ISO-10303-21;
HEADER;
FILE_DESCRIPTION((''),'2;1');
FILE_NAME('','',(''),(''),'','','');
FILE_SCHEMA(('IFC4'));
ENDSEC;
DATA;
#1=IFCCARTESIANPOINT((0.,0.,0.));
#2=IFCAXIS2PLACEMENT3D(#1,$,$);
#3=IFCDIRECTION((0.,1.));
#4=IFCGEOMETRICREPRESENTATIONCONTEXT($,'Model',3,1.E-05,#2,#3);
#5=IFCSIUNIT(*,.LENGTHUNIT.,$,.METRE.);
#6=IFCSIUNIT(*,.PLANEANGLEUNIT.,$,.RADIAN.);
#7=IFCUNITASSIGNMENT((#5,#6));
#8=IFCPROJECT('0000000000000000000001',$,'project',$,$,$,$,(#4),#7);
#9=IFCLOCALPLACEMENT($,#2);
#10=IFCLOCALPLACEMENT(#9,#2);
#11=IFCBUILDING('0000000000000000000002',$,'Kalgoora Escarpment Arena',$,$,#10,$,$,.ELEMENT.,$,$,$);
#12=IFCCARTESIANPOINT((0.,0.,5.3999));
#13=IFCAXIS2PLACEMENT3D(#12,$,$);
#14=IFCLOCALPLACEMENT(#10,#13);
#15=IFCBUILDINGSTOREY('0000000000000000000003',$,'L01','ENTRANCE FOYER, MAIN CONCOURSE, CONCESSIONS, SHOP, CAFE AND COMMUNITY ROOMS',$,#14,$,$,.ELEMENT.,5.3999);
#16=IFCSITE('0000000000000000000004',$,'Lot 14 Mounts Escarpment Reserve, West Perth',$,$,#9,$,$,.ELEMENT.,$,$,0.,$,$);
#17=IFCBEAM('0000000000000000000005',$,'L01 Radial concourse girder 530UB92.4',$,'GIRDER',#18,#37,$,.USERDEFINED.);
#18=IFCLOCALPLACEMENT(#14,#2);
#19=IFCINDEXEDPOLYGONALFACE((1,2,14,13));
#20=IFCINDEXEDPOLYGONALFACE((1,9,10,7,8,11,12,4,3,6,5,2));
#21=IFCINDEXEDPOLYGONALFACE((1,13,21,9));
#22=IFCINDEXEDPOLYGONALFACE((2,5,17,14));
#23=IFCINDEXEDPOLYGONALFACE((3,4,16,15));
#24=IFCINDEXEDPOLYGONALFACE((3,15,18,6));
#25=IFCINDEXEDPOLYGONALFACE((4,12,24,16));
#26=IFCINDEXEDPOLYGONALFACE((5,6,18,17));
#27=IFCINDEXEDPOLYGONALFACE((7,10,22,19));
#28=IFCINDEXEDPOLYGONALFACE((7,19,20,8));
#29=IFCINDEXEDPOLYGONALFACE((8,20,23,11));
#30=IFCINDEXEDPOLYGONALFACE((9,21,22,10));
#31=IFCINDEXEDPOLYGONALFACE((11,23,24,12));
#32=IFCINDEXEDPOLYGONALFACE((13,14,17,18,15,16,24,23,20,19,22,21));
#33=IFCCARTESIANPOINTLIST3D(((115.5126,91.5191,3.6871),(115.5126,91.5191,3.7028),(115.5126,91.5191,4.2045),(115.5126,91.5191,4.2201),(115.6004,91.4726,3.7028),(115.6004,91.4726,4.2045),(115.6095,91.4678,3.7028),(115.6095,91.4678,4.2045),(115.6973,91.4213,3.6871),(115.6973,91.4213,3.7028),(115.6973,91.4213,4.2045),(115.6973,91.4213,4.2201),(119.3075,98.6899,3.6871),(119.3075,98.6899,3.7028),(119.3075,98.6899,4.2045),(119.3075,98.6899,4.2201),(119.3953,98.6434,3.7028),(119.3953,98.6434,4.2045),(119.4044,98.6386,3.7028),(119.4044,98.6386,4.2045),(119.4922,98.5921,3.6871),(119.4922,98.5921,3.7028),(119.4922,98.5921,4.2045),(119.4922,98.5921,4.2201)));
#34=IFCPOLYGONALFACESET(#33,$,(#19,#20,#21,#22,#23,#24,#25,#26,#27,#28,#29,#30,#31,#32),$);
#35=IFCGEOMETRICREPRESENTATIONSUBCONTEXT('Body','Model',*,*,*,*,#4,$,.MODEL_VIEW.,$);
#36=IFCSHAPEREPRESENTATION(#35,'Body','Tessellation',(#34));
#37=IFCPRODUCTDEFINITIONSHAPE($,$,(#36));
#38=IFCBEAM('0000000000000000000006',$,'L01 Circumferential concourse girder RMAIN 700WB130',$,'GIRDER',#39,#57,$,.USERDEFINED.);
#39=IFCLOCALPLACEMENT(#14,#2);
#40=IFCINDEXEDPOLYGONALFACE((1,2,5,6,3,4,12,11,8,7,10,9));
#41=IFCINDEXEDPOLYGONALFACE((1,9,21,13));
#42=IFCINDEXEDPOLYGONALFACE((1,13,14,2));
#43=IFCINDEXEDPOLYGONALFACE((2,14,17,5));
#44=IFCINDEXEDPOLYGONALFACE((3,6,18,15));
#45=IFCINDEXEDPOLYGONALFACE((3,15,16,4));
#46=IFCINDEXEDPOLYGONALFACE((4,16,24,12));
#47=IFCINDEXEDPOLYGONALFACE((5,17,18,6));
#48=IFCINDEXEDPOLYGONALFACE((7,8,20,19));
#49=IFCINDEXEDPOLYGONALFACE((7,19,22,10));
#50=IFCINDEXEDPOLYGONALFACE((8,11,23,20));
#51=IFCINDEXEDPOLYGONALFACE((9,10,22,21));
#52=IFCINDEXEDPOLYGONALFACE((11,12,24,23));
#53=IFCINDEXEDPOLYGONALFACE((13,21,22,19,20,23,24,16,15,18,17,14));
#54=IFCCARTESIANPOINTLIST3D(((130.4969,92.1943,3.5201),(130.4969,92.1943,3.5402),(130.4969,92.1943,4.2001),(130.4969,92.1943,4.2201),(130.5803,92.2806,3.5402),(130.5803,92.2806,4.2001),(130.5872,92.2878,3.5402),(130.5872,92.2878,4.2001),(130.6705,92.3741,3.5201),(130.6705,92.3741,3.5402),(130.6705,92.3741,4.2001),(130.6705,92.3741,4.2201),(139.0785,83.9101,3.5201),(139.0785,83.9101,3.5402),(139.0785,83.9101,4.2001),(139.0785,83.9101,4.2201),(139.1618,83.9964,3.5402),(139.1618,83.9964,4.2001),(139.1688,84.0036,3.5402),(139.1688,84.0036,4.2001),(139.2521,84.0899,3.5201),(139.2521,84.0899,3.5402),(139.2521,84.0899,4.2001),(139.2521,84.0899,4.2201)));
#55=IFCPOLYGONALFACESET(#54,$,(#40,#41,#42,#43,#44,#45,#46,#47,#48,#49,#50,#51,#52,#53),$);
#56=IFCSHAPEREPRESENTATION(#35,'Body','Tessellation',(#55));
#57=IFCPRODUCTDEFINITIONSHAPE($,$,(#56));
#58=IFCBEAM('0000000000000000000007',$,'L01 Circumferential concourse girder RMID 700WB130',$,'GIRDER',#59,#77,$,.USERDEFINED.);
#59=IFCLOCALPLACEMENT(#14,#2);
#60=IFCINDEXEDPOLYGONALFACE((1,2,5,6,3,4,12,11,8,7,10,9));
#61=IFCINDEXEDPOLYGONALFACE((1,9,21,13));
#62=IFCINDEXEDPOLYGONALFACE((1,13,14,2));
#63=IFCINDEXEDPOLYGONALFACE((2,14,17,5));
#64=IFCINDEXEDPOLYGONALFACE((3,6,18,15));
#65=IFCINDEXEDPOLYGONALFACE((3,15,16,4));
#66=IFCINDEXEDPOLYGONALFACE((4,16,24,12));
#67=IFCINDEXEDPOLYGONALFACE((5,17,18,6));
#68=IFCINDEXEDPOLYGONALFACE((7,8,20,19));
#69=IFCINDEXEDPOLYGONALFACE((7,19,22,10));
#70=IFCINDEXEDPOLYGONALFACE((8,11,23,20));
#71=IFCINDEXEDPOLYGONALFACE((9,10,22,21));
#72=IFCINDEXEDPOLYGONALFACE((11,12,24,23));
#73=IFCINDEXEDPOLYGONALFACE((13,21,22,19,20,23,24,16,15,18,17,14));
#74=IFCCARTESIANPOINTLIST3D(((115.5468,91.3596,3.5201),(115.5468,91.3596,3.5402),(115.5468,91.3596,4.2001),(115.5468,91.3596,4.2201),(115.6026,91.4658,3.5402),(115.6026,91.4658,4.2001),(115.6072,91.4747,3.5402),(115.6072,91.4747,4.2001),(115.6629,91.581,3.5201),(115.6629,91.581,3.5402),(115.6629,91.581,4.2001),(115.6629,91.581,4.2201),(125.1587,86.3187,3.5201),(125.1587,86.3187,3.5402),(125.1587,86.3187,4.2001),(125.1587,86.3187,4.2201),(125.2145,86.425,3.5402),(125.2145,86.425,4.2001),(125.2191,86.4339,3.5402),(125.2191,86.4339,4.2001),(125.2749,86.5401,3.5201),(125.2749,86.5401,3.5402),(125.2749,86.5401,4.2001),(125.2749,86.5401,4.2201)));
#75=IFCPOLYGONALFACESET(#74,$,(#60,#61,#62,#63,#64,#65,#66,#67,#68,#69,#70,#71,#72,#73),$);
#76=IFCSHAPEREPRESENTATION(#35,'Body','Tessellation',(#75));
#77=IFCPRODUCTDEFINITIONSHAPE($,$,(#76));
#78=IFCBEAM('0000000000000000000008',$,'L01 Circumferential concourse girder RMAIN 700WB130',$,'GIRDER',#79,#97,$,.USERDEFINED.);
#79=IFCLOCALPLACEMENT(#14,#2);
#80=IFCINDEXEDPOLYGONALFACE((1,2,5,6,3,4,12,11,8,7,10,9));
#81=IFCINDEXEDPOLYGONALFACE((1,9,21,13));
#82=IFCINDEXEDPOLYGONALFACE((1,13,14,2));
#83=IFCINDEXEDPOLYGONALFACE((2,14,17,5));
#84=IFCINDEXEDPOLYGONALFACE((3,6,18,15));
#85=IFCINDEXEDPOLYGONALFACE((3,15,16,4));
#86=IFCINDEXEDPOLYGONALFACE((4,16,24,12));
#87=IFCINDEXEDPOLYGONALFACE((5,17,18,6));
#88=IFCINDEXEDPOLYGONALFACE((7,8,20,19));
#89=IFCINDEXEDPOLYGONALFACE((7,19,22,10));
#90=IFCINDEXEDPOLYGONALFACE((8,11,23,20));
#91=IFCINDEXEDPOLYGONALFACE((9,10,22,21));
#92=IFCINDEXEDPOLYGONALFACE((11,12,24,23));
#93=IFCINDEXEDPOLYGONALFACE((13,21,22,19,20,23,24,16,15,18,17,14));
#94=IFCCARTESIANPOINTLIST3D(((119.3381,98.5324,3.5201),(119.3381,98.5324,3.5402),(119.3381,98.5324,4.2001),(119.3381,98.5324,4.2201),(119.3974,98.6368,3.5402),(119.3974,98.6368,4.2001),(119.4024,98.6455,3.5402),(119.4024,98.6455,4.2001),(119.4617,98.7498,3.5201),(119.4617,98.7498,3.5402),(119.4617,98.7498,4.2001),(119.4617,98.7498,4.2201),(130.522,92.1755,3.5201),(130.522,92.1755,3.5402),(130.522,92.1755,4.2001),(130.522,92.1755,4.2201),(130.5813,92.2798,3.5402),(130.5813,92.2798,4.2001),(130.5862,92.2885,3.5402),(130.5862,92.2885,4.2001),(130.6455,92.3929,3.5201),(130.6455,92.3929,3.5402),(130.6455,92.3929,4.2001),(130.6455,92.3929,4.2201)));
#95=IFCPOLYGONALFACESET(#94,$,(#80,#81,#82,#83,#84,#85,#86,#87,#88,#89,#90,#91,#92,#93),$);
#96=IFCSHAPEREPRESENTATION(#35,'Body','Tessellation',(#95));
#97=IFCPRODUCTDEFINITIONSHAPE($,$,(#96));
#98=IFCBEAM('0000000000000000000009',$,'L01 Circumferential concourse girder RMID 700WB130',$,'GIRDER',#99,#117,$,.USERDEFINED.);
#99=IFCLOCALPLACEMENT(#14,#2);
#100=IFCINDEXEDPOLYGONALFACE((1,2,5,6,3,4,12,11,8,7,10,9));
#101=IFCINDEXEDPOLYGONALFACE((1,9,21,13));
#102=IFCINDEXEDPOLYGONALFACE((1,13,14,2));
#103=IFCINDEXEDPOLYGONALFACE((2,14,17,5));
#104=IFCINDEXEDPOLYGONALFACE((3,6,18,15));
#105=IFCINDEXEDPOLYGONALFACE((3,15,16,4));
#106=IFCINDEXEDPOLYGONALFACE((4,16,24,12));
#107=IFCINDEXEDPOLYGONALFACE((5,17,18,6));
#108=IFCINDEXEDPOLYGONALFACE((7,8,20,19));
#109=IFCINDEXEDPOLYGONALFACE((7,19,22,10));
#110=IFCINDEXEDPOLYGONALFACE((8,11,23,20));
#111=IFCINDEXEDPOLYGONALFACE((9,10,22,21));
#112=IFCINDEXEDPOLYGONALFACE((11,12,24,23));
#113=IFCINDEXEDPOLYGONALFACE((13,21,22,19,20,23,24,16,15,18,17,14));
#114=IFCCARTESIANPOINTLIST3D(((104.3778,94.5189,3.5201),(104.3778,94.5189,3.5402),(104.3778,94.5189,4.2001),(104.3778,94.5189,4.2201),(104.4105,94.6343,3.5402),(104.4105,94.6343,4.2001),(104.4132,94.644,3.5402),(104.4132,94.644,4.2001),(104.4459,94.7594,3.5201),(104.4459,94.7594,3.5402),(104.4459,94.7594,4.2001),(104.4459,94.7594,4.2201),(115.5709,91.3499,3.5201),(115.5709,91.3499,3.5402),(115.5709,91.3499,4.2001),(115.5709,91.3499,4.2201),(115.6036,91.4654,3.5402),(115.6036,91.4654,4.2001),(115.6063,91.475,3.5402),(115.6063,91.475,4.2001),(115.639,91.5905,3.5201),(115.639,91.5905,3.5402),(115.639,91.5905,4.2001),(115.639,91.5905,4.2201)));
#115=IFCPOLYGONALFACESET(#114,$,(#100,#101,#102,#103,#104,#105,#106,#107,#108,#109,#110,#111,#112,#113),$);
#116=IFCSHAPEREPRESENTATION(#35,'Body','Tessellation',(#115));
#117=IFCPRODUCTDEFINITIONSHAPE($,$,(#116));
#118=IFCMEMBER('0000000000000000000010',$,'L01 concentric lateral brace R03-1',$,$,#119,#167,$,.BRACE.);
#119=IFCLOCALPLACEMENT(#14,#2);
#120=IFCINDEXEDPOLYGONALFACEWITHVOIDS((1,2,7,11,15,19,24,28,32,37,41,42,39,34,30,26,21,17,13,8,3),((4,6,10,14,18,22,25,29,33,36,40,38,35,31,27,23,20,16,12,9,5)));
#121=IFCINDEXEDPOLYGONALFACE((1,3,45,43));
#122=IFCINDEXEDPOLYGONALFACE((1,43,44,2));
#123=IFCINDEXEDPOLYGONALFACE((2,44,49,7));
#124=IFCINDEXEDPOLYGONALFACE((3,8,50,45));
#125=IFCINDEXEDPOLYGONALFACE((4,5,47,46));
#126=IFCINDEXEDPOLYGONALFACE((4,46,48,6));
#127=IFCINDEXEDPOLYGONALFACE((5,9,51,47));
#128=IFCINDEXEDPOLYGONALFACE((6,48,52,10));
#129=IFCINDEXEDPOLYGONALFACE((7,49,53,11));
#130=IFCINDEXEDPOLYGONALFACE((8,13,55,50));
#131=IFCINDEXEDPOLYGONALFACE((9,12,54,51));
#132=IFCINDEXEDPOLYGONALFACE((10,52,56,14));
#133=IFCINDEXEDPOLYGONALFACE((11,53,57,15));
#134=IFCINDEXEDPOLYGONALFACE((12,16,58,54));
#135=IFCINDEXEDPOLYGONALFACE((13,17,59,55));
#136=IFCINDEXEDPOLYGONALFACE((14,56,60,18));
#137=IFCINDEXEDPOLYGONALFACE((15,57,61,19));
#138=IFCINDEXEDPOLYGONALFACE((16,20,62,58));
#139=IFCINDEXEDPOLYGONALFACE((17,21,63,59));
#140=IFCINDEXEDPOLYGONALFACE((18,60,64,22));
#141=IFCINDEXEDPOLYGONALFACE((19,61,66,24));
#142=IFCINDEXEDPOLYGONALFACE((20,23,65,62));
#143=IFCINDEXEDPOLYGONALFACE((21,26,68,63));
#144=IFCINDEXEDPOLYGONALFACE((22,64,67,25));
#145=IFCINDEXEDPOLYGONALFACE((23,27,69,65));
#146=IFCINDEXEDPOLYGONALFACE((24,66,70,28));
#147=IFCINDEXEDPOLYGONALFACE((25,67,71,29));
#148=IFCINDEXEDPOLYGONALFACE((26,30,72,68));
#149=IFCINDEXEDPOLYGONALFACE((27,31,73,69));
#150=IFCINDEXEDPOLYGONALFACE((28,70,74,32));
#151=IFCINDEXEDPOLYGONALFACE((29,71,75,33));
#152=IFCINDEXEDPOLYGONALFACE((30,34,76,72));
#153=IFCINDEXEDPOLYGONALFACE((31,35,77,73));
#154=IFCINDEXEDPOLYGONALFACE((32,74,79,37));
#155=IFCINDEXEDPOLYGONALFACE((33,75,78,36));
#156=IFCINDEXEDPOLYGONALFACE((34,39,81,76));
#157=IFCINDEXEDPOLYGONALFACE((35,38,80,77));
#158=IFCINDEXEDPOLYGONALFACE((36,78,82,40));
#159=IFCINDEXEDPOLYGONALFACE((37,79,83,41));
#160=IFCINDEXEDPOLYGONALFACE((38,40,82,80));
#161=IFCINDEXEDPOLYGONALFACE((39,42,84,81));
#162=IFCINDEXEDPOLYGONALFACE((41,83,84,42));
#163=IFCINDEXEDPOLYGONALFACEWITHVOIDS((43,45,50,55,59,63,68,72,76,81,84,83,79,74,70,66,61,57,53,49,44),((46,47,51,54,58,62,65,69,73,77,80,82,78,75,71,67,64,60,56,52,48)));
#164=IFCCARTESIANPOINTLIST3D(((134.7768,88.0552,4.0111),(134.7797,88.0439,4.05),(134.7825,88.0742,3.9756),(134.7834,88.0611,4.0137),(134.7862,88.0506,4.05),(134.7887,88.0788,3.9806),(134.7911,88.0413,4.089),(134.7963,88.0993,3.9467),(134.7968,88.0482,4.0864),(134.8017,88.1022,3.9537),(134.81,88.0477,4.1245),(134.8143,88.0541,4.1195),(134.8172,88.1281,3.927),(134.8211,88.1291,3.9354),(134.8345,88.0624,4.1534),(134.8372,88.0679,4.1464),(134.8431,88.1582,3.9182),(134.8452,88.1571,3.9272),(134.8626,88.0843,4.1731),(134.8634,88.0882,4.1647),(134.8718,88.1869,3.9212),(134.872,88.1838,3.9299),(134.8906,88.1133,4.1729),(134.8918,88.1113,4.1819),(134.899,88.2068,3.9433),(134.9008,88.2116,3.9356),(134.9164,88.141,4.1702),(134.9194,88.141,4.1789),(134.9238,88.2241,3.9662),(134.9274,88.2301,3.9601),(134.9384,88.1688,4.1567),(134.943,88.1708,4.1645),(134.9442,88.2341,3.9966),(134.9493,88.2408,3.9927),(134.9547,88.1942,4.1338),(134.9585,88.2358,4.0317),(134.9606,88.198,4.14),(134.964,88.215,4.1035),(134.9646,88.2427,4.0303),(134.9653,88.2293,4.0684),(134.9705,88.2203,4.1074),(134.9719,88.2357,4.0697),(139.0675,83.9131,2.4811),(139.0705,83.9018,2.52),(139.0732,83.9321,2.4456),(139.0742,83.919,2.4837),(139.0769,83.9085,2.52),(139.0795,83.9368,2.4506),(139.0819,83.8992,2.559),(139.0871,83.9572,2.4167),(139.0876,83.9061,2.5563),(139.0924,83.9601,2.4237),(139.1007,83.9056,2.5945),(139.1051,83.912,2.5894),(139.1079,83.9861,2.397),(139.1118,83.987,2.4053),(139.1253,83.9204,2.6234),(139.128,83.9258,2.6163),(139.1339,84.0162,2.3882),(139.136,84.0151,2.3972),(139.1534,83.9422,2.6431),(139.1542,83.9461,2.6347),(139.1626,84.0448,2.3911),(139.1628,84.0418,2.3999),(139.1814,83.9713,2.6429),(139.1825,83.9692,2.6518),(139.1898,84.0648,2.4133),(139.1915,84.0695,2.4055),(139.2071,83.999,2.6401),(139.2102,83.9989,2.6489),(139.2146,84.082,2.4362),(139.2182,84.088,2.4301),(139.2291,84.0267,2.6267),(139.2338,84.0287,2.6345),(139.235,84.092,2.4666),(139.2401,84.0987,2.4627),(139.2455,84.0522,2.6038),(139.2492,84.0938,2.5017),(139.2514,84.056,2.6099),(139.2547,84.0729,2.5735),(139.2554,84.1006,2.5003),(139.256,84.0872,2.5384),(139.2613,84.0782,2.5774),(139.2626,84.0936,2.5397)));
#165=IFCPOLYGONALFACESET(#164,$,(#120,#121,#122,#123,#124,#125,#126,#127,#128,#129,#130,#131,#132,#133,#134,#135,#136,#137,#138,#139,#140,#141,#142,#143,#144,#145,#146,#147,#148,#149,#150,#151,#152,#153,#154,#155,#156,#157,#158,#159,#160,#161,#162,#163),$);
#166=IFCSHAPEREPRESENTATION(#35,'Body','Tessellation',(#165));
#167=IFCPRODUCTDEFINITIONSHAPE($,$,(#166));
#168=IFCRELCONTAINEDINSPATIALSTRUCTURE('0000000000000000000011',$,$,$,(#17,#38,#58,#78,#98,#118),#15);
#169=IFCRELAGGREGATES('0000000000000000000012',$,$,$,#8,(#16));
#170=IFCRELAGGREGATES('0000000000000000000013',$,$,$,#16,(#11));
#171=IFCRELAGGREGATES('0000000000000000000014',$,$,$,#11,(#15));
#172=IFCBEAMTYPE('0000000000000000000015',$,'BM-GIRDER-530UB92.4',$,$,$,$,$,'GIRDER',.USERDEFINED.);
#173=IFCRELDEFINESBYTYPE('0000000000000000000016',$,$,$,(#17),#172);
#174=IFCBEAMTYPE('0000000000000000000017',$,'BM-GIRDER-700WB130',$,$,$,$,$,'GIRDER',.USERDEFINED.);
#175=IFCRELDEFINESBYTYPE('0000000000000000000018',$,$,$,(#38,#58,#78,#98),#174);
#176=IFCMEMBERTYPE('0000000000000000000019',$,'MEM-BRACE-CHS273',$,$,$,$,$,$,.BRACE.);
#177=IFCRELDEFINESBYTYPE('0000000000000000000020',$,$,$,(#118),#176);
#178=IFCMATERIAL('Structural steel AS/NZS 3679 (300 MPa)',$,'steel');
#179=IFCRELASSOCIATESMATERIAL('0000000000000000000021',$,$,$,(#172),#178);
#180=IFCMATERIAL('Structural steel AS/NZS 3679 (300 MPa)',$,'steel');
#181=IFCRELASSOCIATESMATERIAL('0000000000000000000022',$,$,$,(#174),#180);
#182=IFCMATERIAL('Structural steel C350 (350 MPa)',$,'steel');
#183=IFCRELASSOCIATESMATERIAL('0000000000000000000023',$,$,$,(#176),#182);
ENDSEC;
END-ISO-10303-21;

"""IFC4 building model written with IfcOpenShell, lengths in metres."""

from ifc_helpers import new_model, si_unit, direction, frame, origin, origin_2d, place, context, subcontext, project, spatial, hollow_circle, i_section, extrude, material, material_profile, profile_set, type_object, element, save


model = new_model("IFC4")

# Units and contexts
model_context = context("Model", 3, precision=1e-05, world=origin(), true_north=direction((0.0, 1.0)))
body_context = subcontext(model_context, "Body", "Model", "MODEL_VIEW")
ifc_project = project(units=[si_unit("LENGTHUNIT", "METRE"), si_unit("PLANEANGLEUNIT", "RADIAN")], contexts=[model_context])

# Site, building, storey
site_placement = place(None, origin())
site = spatial("IfcSite", under=ifc_project, at=site_placement, Name="Lot 14 Mounts Escarpment Reserve, West Perth", CompositionType="ELEMENT", RefElevation=0.0)
building_placement = place(site_placement, origin())
building = spatial("IfcBuilding", under=site, at=building_placement, Name="Kalgoora Escarpment Arena", CompositionType="ELEMENT")
storey_placement = place(building_placement, frame((0.0, 0.0, 5.3999)))
storey = spatial("IfcBuildingStorey", under=building, at=storey_placement, Name="L01", Description="ENTRANCE FOYER, MAIN CONCOURSE, CONCESSIONS, SHOP, CAFE AND COMMUNITY ROOMS", CompositionType="ELEMENT", Elevation=5.3999)

# Beams
ifc_material_1 = material(Name="Structural steel AS/NZS 3679 (300 MPa)", Category="steel")
ifc_material_profile_1 = material_profile(ifc_material_1, i_section(OverallWidth=0.209, OverallDepth=0.533, WebThickness=0.0103, FlangeThickness=0.0156, at=origin_2d()))
ifc_profile_set_1 = profile_set([ifc_material_profile_1], Name="Structural steel AS/NZS 3679 (300 MPa)")
beam_type_1 = type_object("IfcBeamType", Name="BM-GIRDER-530UB92.4", ElementType="GIRDER", PredefinedType="USERDEFINED", material=ifc_profile_set_1)
beam_1_placement = place(storey_placement, frame((115.605, 91.4702, 3.9536), z_axis=(0.467749, 0.883861, 0.0), x_axis=(-0.883861, 0.467749, 0.0)))
element("IfcBeam", 1, at=beam_1_placement, inside=storey, type_object=beam_type_1, Name="L01 Radial concourse girder 530UB92.4", ObjectType="GIRDER", PredefinedType="USERDEFINED", context=body_context, shape_type="SweptSolid", body=[
    extrude(i_section(OverallWidth=0.209, OverallDepth=0.533, WebThickness=0.0103, FlangeThickness=0.0156, at=origin_2d()), origin(), (0.0, 0.0, 1.0), 8.113),
])
ifc_material_2 = material(Name="Structural steel AS/NZS 3679 (300 MPa)", Category="steel")
ifc_material_profile_2 = material_profile(ifc_material_2, i_section(OverallWidth=0.25, OverallDepth=0.7, WebThickness=0.01, FlangeThickness=0.02, at=origin_2d()))
ifc_profile_set_2 = profile_set([ifc_material_profile_2], Name="Structural steel AS/NZS 3679 (300 MPa)")
beam_type_2 = type_object("IfcBeamType", Name="BM-GIRDER-700WB130", ElementType="GIRDER", PredefinedType="USERDEFINED", material=ifc_profile_set_2)
beam_2_placement = place(storey_placement, frame((139.1653, 84.0, 3.8701), z_axis=(-0.719462, 0.694532, 0.0), x_axis=(-0.694532, -0.719462, 0.0)))
element("IfcBeam", 2, at=beam_2_placement, inside=storey, type_object=beam_type_2, Name="L01 Circumferential concourse girder RMAIN 700WB130", ObjectType="GIRDER", PredefinedType="USERDEFINED", context=body_context, shape_type="SweptSolid", body=[
    extrude(i_section(OverallWidth=0.25, OverallDepth=0.7, WebThickness=0.01, FlangeThickness=0.02, at=origin_2d()), origin(), (0.0, 0.0, 1.0), 11.9277),
])
beam_3_placement = place(storey_placement, frame((125.2168, 86.4294, 3.8701), z_axis=(-0.885604, 0.464441, 0.0), x_axis=(-0.464441, -0.885604, 0.0)))
element("IfcBeam", 3, at=beam_3_placement, inside=storey, type_object=beam_type_2, Name="L01 Circumferential concourse girder RMID 700WB130", ObjectType="GIRDER", PredefinedType="USERDEFINED", context=body_context, shape_type="SweptSolid", body=[
    extrude(i_section(OverallWidth=0.25, OverallDepth=0.7, WebThickness=0.01, FlangeThickness=0.02, at=origin_2d()), origin(), (0.0, 0.0, 1.0), 10.8535),
])
beam_4_placement = place(storey_placement, frame((130.5837, 92.2842, 3.8701), z_axis=(-0.869374, 0.494155, 0.0), x_axis=(-0.494155, -0.869374, 0.0)))
element("IfcBeam", 4, at=beam_4_placement, inside=storey, type_object=beam_type_2, Name="L01 Circumferential concourse girder RMAIN 700WB130", ObjectType="GIRDER", PredefinedType="USERDEFINED", context=body_context, shape_type="SweptSolid", body=[
    extrude(i_section(OverallWidth=0.25, OverallDepth=0.7, WebThickness=0.01, FlangeThickness=0.02, at=origin_2d()), origin(), (0.0, 0.0, 1.0), 12.8643),
])
beam_5_placement = place(storey_placement, frame((115.605, 91.4702, 3.8701), z_axis=(-0.962182, 0.272409, 0.0), x_axis=(-0.272409, -0.962182, 0.0)))
element("IfcBeam", 5, at=beam_5_placement, inside=storey, type_object=beam_type_2, Name="L01 Circumferential concourse girder RMID 700WB130", ObjectType="GIRDER", PredefinedType="USERDEFINED", context=body_context, shape_type="SweptSolid", body=[
    extrude(i_section(OverallWidth=0.25, OverallDepth=0.7, WebThickness=0.01, FlangeThickness=0.02, at=origin_2d()), origin(), (0.0, 0.0, 1.0), 11.6331),
])

# Member
ifc_material_3 = material(Name="Structural steel C350 (350 MPa)", Category="steel")
ifc_material_profile_3 = material_profile(ifc_material_3, hollow_circle(Radius=0.1365, WallThickness=0.0093, at=origin_2d()))
ifc_profile_set_3 = profile_set([ifc_material_profile_3], Name="Structural steel C350 (350 MPa)")
member_type = type_object("IfcMemberType", Name="MEM-BRACE-CHS273", PredefinedType="BRACE", material=ifc_profile_set_3)
for number, where, z_axis, x_axis, name in (
    (6, (139.1653, 84.0, 2.52), (-0.696893, 0.672745, 0.248503), (-0.694532, -0.719462, 0.0), "L01 concentric lateral brace R03-1"),
):
    element("IfcMember", number, at=place(storey_placement, frame(where, z_axis=z_axis, x_axis=x_axis)), inside=storey, type_object=member_type, Name=name, PredefinedType="BRACE", context=body_context, shape_type="SweptSolid", body=[
        extrude(hollow_circle(Radius=0.1365, WallThickness=0.0093, at=origin_2d()), origin(), (0.0, 0.0, 1.0), 6.157),
    ])

save(model, "model.ifc")
